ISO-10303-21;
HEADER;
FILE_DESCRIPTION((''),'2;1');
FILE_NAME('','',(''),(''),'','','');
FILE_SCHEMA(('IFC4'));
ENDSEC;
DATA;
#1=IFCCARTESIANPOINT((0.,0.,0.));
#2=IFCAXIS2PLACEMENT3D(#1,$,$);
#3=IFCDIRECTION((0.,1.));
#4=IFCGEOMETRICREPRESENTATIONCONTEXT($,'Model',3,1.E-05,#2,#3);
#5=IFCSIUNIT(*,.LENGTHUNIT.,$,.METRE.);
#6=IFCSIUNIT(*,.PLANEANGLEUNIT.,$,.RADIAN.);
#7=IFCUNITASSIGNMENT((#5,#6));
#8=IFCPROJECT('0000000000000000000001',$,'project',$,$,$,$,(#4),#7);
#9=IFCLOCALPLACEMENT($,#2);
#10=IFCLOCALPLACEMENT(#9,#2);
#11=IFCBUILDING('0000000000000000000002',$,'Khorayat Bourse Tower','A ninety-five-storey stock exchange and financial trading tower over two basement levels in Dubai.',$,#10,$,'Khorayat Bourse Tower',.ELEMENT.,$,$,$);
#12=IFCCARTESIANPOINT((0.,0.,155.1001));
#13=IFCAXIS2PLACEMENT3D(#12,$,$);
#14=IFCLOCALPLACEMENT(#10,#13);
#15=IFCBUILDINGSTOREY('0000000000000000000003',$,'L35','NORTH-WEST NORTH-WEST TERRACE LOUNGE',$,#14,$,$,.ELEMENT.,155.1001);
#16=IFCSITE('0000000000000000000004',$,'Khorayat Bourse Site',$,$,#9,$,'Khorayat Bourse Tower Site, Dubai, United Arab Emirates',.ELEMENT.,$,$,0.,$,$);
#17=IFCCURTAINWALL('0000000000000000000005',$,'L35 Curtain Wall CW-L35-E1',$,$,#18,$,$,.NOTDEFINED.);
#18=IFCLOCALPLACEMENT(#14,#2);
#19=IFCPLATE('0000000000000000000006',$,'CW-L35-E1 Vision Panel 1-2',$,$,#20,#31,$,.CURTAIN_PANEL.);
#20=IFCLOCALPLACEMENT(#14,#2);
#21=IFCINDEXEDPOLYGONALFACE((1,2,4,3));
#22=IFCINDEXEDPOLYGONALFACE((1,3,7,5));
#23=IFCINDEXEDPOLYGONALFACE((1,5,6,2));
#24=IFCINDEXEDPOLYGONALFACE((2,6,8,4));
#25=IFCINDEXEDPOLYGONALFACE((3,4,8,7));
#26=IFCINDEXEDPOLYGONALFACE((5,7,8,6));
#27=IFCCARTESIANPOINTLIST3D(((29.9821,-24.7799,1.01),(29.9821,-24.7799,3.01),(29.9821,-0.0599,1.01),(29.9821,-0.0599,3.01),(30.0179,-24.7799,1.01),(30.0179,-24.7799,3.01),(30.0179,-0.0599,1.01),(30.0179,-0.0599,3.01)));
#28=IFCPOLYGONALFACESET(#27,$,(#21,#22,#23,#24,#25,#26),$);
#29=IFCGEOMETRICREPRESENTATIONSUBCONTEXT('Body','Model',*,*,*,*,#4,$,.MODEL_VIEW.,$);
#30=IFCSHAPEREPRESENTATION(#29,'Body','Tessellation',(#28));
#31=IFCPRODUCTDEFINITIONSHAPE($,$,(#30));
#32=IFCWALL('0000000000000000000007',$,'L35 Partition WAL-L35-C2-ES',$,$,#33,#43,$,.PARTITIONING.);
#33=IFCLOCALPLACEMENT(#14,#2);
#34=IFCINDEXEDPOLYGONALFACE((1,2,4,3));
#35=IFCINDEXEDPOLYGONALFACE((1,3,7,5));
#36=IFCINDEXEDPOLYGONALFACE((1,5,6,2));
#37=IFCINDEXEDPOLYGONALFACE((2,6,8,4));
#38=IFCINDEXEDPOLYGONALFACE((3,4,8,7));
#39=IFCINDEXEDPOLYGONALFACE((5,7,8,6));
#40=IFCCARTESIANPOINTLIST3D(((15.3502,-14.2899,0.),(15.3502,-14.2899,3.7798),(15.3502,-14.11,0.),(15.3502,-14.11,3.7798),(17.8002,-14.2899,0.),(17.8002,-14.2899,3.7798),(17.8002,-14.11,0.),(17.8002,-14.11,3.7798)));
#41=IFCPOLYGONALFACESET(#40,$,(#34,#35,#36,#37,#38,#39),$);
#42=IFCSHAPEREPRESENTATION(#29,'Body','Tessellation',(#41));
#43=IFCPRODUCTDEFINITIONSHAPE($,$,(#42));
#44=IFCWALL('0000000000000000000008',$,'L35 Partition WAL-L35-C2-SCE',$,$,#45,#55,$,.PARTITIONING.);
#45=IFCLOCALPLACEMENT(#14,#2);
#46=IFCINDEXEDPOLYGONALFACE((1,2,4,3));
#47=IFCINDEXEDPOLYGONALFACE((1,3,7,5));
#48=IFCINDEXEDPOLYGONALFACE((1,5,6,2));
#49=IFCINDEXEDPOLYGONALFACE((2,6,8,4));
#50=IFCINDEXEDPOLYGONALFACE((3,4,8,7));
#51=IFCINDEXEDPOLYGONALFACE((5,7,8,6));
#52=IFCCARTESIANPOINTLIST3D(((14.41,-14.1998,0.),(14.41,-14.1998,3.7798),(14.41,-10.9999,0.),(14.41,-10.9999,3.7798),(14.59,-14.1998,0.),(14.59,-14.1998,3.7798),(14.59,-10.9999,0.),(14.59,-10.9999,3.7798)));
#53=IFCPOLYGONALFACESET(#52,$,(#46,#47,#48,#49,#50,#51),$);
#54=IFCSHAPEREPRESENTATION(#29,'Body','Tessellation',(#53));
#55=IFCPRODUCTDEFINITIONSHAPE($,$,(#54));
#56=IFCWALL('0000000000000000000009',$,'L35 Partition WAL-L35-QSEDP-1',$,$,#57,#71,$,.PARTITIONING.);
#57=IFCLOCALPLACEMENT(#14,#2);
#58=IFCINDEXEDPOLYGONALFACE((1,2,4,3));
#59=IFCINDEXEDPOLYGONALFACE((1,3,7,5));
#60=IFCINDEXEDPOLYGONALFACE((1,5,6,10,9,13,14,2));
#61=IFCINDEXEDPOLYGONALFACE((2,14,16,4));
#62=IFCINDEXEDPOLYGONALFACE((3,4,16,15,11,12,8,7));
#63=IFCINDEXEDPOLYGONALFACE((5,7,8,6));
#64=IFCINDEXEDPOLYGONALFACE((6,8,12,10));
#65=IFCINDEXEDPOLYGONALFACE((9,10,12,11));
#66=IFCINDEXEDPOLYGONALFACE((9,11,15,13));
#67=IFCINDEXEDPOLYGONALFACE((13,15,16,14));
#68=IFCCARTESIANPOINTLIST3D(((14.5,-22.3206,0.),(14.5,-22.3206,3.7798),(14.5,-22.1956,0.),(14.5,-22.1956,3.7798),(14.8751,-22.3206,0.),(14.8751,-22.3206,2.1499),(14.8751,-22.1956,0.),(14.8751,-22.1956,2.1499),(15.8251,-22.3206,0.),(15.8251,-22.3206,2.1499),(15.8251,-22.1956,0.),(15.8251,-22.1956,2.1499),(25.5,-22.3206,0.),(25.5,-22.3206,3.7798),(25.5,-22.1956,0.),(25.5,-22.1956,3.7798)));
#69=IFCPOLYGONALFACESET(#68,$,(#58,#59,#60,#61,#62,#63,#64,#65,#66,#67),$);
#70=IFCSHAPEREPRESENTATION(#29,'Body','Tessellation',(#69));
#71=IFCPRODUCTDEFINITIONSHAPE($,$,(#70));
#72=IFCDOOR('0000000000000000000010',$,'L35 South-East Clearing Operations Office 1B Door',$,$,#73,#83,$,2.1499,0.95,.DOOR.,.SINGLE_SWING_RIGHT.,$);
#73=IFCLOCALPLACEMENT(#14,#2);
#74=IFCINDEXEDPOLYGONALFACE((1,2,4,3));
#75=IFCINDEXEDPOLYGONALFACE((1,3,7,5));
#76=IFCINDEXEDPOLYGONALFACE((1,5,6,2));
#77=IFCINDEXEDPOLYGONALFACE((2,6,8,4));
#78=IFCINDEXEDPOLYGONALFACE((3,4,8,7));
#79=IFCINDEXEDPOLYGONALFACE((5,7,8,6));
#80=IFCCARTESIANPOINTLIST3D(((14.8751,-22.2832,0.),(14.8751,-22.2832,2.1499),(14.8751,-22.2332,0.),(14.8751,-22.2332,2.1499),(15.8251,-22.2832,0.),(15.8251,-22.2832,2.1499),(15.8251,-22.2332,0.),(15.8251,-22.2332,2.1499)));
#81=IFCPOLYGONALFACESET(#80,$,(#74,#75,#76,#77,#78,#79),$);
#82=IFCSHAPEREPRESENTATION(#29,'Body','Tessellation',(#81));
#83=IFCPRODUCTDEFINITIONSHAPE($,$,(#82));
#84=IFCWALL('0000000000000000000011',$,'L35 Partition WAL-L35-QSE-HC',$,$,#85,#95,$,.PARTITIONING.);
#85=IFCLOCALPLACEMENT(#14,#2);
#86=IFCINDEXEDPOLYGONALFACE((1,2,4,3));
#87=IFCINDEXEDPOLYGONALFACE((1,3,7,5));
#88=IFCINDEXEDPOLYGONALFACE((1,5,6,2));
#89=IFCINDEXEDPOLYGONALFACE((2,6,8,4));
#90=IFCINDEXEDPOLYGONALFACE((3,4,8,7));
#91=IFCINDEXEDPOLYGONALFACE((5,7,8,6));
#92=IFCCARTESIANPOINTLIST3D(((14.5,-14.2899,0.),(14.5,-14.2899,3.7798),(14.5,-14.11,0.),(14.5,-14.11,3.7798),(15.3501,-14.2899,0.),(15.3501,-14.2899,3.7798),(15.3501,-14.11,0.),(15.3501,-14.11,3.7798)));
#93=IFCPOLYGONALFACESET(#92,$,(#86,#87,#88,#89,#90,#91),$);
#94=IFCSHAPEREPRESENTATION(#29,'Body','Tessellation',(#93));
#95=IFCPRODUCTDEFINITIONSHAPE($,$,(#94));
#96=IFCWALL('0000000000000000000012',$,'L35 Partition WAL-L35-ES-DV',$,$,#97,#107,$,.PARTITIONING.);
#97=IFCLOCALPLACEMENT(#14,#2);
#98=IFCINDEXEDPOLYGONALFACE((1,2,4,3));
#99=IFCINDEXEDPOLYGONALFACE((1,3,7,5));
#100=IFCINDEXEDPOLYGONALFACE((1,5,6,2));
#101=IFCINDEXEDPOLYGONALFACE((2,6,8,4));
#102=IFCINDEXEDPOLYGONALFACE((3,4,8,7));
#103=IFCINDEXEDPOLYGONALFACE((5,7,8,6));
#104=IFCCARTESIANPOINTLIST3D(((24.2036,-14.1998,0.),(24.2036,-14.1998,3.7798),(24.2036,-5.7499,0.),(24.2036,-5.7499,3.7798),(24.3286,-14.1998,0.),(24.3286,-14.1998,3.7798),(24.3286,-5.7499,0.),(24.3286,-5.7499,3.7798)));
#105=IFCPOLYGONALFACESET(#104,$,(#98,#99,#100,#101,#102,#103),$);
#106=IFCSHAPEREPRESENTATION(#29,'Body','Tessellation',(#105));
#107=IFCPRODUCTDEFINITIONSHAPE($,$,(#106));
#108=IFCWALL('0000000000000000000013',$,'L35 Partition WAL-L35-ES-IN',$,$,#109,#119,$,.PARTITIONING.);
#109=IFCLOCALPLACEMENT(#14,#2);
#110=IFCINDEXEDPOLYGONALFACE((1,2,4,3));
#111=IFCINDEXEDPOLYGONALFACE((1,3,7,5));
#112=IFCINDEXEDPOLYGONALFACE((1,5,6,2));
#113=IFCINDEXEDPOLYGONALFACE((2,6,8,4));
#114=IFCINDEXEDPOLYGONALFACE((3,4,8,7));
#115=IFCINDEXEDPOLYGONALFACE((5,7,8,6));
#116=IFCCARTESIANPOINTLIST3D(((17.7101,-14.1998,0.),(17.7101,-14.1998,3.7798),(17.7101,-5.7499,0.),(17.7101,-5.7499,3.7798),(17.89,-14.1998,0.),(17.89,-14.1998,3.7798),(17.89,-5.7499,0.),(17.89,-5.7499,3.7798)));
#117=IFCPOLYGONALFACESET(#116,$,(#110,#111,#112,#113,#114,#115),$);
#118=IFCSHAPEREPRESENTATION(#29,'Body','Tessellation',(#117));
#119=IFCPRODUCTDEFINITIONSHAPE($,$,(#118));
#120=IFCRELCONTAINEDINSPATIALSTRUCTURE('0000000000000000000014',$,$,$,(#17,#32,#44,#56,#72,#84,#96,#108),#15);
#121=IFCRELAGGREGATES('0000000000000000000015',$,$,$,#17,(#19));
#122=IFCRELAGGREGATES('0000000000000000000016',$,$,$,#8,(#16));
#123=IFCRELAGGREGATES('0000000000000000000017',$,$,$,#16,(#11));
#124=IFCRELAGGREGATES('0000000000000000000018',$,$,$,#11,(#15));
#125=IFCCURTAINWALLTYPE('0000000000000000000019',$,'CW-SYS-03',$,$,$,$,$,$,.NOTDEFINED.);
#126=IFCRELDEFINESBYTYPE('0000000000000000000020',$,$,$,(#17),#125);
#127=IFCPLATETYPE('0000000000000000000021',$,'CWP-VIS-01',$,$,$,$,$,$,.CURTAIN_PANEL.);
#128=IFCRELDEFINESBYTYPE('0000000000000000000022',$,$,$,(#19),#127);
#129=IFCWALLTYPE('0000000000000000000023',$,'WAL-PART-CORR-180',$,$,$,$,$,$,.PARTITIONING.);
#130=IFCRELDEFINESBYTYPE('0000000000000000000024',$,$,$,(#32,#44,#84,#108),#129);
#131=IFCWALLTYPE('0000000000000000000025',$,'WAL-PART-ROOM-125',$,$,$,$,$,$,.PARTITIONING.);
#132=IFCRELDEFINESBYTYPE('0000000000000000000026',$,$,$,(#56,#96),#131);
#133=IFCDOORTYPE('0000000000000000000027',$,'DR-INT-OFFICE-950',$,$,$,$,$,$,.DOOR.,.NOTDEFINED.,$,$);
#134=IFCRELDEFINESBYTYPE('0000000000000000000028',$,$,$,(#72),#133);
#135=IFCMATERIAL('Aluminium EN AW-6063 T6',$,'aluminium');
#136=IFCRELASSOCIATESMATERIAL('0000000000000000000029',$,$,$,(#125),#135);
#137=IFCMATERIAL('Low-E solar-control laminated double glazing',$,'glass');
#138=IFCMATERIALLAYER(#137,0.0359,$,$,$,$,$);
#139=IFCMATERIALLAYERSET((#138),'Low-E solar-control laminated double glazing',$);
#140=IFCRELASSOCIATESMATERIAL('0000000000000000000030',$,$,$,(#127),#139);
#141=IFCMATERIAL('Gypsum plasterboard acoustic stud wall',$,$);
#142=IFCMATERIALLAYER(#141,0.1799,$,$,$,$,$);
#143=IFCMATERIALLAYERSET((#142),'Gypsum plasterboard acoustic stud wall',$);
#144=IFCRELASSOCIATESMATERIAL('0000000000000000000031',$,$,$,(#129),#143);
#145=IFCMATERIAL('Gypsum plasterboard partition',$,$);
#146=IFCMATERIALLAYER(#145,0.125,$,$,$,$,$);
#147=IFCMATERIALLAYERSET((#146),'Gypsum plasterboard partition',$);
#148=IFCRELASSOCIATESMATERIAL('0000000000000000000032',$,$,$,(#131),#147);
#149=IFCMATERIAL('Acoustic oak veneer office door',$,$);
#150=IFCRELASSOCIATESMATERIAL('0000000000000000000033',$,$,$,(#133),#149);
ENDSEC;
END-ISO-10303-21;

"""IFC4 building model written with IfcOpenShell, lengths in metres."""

from ifc_helpers import new_model, si_unit, direction, frame, frame_2d, origin, origin_2d, place, context, subcontext, project, spatial, rectangle, extrude, source, transform, mapped, material, layer, layer_set, type_object, element, fill, aggregate, save


model = new_model("IFC4")

# Units and contexts
model_context = context("Model", 3, precision=1e-05, world=origin(), true_north=direction((0.0, 1.0)))
body_context = subcontext(model_context, "Body", "Model", "MODEL_VIEW")
ifc_project = project(units=[si_unit("LENGTHUNIT", "METRE"), si_unit("PLANEANGLEUNIT", "RADIAN")], contexts=[model_context])

# Site, building, storey
site_placement = place(None, origin())
site = spatial("IfcSite", under=ifc_project, at=site_placement, Name="Khorayat Bourse Site", LongName="Khorayat Bourse Tower Site, Dubai, United Arab Emirates", CompositionType="ELEMENT", RefElevation=0.0)
building_placement = place(site_placement, origin())
building = spatial("IfcBuilding", under=site, at=building_placement, Name="Khorayat Bourse Tower", Description="A ninety-five-storey stock exchange and financial trading tower over two basement levels in Dubai.", LongName="Khorayat Bourse Tower", CompositionType="ELEMENT")
storey_placement = place(building_placement, frame((0.0, 0.0, 155.1001)))
storey = spatial("IfcBuildingStorey", under=building, at=storey_placement, Name="L35", Description="NORTH-WEST NORTH-WEST TERRACE LOUNGE", CompositionType="ELEMENT", Elevation=155.1001)

# Curtain wall, plate
ifc_material_1 = material(Name="Aluminium EN AW-6063 T6", Category="aluminium")
curtain_wall_type = type_object("IfcCurtainWallType", Name="CW-SYS-03", PredefinedType="NOTDEFINED", material=ifc_material_1)
curtain_wall_placement = place(storey_placement, origin())
curtain_wall = element("IfcCurtainWall", 1, at=curtain_wall_placement, inside=storey, type_object=curtain_wall_type, Name="L35 Curtain Wall CW-L35-E1", PredefinedType="NOTDEFINED")
ifc_material_2 = material(Name="Low-E solar-control laminated double glazing", Category="glass")
ifc_layer_1 = layer(ifc_material_2, 0.0359)
ifc_layer_set_1 = layer_set([ifc_layer_1], Name="Low-E solar-control laminated double glazing")
plate_type_1 = type_object("IfcPlateType", Name="CWP-VIS-01", PredefinedType="CURTAIN_PANEL", material=ifc_layer_set_1)
shared_shape_1 = source(origin(), body_context, "Body", "SweptSolid", [
    extrude(rectangle(XDim=24.72, YDim=0.0359, at=origin_2d()), origin(), (0.0, 0.0, 1.0), 2.0),
])
plate_1_placement = place(storey_placement, frame((30.0, -12.4199, 1.01), z_axis=(0.0, 0.0, 1.0), x_axis=(0.0, 1.0, 0.0)))
plate_1 = element("IfcPlate", 2, at=plate_1_placement, type_object=plate_type_1, Name="CW-L35-E1 Vision Panel 1-2", PredefinedType="CURTAIN_PANEL", context=body_context, shape_type="MappedRepresentation", body=[
    mapped(shared_shape_1, transform((0.0, 0.0, 0.0), scale=1.0)),
])
aggregate(curtain_wall, [plate_1])

# Walls
ifc_material_3 = material(Name="Gypsum plasterboard acoustic stud wall")
ifc_layer_2 = layer(ifc_material_3, 0.1799)
ifc_layer_set_2 = layer_set([ifc_layer_2], Name="Gypsum plasterboard acoustic stud wall")
wall_type_1 = type_object("IfcWallType", Name="WAL-PART-CORR-180", PredefinedType="PARTITIONING", material=ifc_layer_set_2)
shared_shape_2 = source(origin(), body_context, "Body", "SweptSolid", [
    extrude(rectangle(XDim=2.45, YDim=0.1799, at=frame_2d((1.2251, 0.0))), origin(), (0.0, 0.0, 1.0), 3.7798),
])
wall_1_placement = place(storey_placement, frame((15.3501, -14.2, 0.0), z_axis=(0.0, 0.0, 1.0), x_axis=(1.0, 0.0, 0.0)))
element("IfcWall", 3, at=wall_1_placement, inside=storey, type_object=wall_type_1, Name="L35 Partition WAL-L35-C2-ES", PredefinedType="PARTITIONING", context=body_context, shape_type="MappedRepresentation", body=[
    mapped(shared_shape_2, transform((0.0, 0.0, 0.0), scale=1.0)),
])
shared_shape_3 = source(origin(), body_context, "Body", "SweptSolid", [
    extrude(rectangle(XDim=3.2, YDim=0.1799, at=frame_2d((1.6001, 0.0))), origin(), (0.0, 0.0, 1.0), 3.7798),
])
wall_2_placement = place(storey_placement, frame((14.5, -14.2, 0.0), z_axis=(0.0, 0.0, 1.0), x_axis=(0.0, 1.0, 0.0)))
element("IfcWall", 4, at=wall_2_placement, inside=storey, type_object=wall_type_1, Name="L35 Partition WAL-L35-C2-SCE", PredefinedType="PARTITIONING", context=body_context, shape_type="MappedRepresentation", body=[
    mapped(shared_shape_3, transform((0.0, 0.0, 0.0), scale=1.0)),
])

# Wall, opening, door
ifc_material_4 = material(Name="Gypsum plasterboard partition")
ifc_layer_3 = layer(ifc_material_4, 0.125)
ifc_layer_set_3 = layer_set([ifc_layer_3], Name="Gypsum plasterboard partition")
wall_type_2 = type_object("IfcWallType", Name="WAL-PART-ROOM-125", PredefinedType="PARTITIONING", material=ifc_layer_set_3)
shared_shape_4 = source(origin(), body_context, "Body", "SweptSolid", [
    extrude(rectangle(XDim=11.0, YDim=0.125, at=frame_2d((5.5, 0.0))), origin(), (0.0, 0.0, 1.0), 3.7798),
])
wall_3_placement = place(storey_placement, frame((14.5, -22.2581, 0.0), z_axis=(0.0, 0.0, 1.0), x_axis=(1.0, 0.0, 0.0)))
wall_3 = element("IfcWall", 5, at=wall_3_placement, inside=storey, type_object=wall_type_2, Name="L35 Partition WAL-L35-QSEDP-1", PredefinedType="PARTITIONING", context=body_context, shape_type="MappedRepresentation", body=[
    mapped(shared_shape_4, transform((0.0, 0.0, 0.0), scale=1.0)),
])
shared_shape_5 = source(origin(), body_context, "Body", "SweptSolid", [
    extrude(rectangle(XDim=0.95, YDim=2.1499, at=frame_2d((0.4751, 1.075))), frame((0.0, 0.0725, 0.0), z_axis=(0.0, -1.0, 0.0), x_axis=(1.0, 0.0, 0.0)), (0.0, 0.0, 1.0), 0.145),
])
opening_placement = place(wall_3_placement, frame((0.375, 0.0, 0.0)))
opening = element("IfcOpeningElement", 6, at=opening_placement, cuts=wall_3, PredefinedType="OPENING", context=body_context, shape_type="MappedRepresentation", body=[
    mapped(shared_shape_5, transform((0.0, 0.0, 0.0), scale=1.0)),
])
ifc_material_5 = material(Name="Acoustic oak veneer office door")
door_type = type_object("IfcDoorType", Name="DR-INT-OFFICE-950", OperationType="NOTDEFINED", PredefinedType="DOOR", material=ifc_material_5)
shared_shape_6 = source(origin(), body_context, "Body", "SweptSolid", [
    extrude(rectangle(XDim=0.95, YDim=2.1499, at=frame_2d((0.4751, 1.075))), frame((0.0, 0.0249, 0.0), z_axis=(0.0, -1.0, 0.0), x_axis=(1.0, 0.0, 0.0)), (0.0, 0.0, 1.0), 0.05),
])
door_placement = place(opening_placement, origin())
door = element("IfcDoor", 7, at=door_placement, inside=storey, type_object=door_type, Name="L35 South-East Clearing Operations Office 1B Door", OperationType="SINGLE_SWING_RIGHT", OverallHeight=2.1499, OverallWidth=0.95, PredefinedType="DOOR", context=body_context, shape_type="MappedRepresentation", body=[
    mapped(shared_shape_6, transform((0.0, 0.0, 0.0), scale=1.0)),
])
fill(opening, door)

# Walls
shared_shape_7 = source(origin(), body_context, "Body", "SweptSolid", [
    extrude(rectangle(XDim=0.8501, YDim=0.1799, at=frame_2d((0.425, 0.0))), origin(), (0.0, 0.0, 1.0), 3.7798),
])
wall_4_placement = place(storey_placement, frame((14.5, -14.2, 0.0), z_axis=(0.0, 0.0, 1.0), x_axis=(1.0, 0.0, 0.0)))
element("IfcWall", 8, at=wall_4_placement, inside=storey, type_object=wall_type_1, Name="L35 Partition WAL-L35-QSE-HC", PredefinedType="PARTITIONING", context=body_context, shape_type="MappedRepresentation", body=[
    mapped(shared_shape_7, transform((0.0, 0.0, 0.0), scale=1.0)),
])
shared_shape_8 = source(origin(), body_context, "Body", "SweptSolid", [
    extrude(rectangle(XDim=8.45, YDim=0.125, at=frame_2d((4.2251, 0.0))), origin(), (0.0, 0.0, 1.0), 3.7798),
])
wall_5_placement = place(storey_placement, frame((24.2661, -14.2, 0.0), z_axis=(0.0, 0.0, 1.0), x_axis=(0.0, 1.0, 0.0)))
element("IfcWall", 9, at=wall_5_placement, inside=storey, type_object=wall_type_2, Name="L35 Partition WAL-L35-ES-DV", PredefinedType="PARTITIONING", context=body_context, shape_type="MappedRepresentation", body=[
    mapped(shared_shape_8, transform((0.0, 0.0, 0.0), scale=1.0)),
])
shared_shape_9 = source(origin(), body_context, "Body", "SweptSolid", [
    extrude(rectangle(XDim=8.45, YDim=0.1799, at=frame_2d((4.2251, 0.0))), origin(), (0.0, 0.0, 1.0), 3.7798),
])
wall_6_placement = place(storey_placement, frame((17.8, -14.2, 0.0), z_axis=(0.0, 0.0, 1.0), x_axis=(0.0, 1.0, 0.0)))
element("IfcWall", 10, at=wall_6_placement, inside=storey, type_object=wall_type_1, Name="L35 Partition WAL-L35-ES-IN", PredefinedType="PARTITIONING", context=body_context, shape_type="MappedRepresentation", body=[
    mapped(shared_shape_9, transform((0.0, 0.0, 0.0), scale=1.0)),
])

save(model, "model.ifc")
